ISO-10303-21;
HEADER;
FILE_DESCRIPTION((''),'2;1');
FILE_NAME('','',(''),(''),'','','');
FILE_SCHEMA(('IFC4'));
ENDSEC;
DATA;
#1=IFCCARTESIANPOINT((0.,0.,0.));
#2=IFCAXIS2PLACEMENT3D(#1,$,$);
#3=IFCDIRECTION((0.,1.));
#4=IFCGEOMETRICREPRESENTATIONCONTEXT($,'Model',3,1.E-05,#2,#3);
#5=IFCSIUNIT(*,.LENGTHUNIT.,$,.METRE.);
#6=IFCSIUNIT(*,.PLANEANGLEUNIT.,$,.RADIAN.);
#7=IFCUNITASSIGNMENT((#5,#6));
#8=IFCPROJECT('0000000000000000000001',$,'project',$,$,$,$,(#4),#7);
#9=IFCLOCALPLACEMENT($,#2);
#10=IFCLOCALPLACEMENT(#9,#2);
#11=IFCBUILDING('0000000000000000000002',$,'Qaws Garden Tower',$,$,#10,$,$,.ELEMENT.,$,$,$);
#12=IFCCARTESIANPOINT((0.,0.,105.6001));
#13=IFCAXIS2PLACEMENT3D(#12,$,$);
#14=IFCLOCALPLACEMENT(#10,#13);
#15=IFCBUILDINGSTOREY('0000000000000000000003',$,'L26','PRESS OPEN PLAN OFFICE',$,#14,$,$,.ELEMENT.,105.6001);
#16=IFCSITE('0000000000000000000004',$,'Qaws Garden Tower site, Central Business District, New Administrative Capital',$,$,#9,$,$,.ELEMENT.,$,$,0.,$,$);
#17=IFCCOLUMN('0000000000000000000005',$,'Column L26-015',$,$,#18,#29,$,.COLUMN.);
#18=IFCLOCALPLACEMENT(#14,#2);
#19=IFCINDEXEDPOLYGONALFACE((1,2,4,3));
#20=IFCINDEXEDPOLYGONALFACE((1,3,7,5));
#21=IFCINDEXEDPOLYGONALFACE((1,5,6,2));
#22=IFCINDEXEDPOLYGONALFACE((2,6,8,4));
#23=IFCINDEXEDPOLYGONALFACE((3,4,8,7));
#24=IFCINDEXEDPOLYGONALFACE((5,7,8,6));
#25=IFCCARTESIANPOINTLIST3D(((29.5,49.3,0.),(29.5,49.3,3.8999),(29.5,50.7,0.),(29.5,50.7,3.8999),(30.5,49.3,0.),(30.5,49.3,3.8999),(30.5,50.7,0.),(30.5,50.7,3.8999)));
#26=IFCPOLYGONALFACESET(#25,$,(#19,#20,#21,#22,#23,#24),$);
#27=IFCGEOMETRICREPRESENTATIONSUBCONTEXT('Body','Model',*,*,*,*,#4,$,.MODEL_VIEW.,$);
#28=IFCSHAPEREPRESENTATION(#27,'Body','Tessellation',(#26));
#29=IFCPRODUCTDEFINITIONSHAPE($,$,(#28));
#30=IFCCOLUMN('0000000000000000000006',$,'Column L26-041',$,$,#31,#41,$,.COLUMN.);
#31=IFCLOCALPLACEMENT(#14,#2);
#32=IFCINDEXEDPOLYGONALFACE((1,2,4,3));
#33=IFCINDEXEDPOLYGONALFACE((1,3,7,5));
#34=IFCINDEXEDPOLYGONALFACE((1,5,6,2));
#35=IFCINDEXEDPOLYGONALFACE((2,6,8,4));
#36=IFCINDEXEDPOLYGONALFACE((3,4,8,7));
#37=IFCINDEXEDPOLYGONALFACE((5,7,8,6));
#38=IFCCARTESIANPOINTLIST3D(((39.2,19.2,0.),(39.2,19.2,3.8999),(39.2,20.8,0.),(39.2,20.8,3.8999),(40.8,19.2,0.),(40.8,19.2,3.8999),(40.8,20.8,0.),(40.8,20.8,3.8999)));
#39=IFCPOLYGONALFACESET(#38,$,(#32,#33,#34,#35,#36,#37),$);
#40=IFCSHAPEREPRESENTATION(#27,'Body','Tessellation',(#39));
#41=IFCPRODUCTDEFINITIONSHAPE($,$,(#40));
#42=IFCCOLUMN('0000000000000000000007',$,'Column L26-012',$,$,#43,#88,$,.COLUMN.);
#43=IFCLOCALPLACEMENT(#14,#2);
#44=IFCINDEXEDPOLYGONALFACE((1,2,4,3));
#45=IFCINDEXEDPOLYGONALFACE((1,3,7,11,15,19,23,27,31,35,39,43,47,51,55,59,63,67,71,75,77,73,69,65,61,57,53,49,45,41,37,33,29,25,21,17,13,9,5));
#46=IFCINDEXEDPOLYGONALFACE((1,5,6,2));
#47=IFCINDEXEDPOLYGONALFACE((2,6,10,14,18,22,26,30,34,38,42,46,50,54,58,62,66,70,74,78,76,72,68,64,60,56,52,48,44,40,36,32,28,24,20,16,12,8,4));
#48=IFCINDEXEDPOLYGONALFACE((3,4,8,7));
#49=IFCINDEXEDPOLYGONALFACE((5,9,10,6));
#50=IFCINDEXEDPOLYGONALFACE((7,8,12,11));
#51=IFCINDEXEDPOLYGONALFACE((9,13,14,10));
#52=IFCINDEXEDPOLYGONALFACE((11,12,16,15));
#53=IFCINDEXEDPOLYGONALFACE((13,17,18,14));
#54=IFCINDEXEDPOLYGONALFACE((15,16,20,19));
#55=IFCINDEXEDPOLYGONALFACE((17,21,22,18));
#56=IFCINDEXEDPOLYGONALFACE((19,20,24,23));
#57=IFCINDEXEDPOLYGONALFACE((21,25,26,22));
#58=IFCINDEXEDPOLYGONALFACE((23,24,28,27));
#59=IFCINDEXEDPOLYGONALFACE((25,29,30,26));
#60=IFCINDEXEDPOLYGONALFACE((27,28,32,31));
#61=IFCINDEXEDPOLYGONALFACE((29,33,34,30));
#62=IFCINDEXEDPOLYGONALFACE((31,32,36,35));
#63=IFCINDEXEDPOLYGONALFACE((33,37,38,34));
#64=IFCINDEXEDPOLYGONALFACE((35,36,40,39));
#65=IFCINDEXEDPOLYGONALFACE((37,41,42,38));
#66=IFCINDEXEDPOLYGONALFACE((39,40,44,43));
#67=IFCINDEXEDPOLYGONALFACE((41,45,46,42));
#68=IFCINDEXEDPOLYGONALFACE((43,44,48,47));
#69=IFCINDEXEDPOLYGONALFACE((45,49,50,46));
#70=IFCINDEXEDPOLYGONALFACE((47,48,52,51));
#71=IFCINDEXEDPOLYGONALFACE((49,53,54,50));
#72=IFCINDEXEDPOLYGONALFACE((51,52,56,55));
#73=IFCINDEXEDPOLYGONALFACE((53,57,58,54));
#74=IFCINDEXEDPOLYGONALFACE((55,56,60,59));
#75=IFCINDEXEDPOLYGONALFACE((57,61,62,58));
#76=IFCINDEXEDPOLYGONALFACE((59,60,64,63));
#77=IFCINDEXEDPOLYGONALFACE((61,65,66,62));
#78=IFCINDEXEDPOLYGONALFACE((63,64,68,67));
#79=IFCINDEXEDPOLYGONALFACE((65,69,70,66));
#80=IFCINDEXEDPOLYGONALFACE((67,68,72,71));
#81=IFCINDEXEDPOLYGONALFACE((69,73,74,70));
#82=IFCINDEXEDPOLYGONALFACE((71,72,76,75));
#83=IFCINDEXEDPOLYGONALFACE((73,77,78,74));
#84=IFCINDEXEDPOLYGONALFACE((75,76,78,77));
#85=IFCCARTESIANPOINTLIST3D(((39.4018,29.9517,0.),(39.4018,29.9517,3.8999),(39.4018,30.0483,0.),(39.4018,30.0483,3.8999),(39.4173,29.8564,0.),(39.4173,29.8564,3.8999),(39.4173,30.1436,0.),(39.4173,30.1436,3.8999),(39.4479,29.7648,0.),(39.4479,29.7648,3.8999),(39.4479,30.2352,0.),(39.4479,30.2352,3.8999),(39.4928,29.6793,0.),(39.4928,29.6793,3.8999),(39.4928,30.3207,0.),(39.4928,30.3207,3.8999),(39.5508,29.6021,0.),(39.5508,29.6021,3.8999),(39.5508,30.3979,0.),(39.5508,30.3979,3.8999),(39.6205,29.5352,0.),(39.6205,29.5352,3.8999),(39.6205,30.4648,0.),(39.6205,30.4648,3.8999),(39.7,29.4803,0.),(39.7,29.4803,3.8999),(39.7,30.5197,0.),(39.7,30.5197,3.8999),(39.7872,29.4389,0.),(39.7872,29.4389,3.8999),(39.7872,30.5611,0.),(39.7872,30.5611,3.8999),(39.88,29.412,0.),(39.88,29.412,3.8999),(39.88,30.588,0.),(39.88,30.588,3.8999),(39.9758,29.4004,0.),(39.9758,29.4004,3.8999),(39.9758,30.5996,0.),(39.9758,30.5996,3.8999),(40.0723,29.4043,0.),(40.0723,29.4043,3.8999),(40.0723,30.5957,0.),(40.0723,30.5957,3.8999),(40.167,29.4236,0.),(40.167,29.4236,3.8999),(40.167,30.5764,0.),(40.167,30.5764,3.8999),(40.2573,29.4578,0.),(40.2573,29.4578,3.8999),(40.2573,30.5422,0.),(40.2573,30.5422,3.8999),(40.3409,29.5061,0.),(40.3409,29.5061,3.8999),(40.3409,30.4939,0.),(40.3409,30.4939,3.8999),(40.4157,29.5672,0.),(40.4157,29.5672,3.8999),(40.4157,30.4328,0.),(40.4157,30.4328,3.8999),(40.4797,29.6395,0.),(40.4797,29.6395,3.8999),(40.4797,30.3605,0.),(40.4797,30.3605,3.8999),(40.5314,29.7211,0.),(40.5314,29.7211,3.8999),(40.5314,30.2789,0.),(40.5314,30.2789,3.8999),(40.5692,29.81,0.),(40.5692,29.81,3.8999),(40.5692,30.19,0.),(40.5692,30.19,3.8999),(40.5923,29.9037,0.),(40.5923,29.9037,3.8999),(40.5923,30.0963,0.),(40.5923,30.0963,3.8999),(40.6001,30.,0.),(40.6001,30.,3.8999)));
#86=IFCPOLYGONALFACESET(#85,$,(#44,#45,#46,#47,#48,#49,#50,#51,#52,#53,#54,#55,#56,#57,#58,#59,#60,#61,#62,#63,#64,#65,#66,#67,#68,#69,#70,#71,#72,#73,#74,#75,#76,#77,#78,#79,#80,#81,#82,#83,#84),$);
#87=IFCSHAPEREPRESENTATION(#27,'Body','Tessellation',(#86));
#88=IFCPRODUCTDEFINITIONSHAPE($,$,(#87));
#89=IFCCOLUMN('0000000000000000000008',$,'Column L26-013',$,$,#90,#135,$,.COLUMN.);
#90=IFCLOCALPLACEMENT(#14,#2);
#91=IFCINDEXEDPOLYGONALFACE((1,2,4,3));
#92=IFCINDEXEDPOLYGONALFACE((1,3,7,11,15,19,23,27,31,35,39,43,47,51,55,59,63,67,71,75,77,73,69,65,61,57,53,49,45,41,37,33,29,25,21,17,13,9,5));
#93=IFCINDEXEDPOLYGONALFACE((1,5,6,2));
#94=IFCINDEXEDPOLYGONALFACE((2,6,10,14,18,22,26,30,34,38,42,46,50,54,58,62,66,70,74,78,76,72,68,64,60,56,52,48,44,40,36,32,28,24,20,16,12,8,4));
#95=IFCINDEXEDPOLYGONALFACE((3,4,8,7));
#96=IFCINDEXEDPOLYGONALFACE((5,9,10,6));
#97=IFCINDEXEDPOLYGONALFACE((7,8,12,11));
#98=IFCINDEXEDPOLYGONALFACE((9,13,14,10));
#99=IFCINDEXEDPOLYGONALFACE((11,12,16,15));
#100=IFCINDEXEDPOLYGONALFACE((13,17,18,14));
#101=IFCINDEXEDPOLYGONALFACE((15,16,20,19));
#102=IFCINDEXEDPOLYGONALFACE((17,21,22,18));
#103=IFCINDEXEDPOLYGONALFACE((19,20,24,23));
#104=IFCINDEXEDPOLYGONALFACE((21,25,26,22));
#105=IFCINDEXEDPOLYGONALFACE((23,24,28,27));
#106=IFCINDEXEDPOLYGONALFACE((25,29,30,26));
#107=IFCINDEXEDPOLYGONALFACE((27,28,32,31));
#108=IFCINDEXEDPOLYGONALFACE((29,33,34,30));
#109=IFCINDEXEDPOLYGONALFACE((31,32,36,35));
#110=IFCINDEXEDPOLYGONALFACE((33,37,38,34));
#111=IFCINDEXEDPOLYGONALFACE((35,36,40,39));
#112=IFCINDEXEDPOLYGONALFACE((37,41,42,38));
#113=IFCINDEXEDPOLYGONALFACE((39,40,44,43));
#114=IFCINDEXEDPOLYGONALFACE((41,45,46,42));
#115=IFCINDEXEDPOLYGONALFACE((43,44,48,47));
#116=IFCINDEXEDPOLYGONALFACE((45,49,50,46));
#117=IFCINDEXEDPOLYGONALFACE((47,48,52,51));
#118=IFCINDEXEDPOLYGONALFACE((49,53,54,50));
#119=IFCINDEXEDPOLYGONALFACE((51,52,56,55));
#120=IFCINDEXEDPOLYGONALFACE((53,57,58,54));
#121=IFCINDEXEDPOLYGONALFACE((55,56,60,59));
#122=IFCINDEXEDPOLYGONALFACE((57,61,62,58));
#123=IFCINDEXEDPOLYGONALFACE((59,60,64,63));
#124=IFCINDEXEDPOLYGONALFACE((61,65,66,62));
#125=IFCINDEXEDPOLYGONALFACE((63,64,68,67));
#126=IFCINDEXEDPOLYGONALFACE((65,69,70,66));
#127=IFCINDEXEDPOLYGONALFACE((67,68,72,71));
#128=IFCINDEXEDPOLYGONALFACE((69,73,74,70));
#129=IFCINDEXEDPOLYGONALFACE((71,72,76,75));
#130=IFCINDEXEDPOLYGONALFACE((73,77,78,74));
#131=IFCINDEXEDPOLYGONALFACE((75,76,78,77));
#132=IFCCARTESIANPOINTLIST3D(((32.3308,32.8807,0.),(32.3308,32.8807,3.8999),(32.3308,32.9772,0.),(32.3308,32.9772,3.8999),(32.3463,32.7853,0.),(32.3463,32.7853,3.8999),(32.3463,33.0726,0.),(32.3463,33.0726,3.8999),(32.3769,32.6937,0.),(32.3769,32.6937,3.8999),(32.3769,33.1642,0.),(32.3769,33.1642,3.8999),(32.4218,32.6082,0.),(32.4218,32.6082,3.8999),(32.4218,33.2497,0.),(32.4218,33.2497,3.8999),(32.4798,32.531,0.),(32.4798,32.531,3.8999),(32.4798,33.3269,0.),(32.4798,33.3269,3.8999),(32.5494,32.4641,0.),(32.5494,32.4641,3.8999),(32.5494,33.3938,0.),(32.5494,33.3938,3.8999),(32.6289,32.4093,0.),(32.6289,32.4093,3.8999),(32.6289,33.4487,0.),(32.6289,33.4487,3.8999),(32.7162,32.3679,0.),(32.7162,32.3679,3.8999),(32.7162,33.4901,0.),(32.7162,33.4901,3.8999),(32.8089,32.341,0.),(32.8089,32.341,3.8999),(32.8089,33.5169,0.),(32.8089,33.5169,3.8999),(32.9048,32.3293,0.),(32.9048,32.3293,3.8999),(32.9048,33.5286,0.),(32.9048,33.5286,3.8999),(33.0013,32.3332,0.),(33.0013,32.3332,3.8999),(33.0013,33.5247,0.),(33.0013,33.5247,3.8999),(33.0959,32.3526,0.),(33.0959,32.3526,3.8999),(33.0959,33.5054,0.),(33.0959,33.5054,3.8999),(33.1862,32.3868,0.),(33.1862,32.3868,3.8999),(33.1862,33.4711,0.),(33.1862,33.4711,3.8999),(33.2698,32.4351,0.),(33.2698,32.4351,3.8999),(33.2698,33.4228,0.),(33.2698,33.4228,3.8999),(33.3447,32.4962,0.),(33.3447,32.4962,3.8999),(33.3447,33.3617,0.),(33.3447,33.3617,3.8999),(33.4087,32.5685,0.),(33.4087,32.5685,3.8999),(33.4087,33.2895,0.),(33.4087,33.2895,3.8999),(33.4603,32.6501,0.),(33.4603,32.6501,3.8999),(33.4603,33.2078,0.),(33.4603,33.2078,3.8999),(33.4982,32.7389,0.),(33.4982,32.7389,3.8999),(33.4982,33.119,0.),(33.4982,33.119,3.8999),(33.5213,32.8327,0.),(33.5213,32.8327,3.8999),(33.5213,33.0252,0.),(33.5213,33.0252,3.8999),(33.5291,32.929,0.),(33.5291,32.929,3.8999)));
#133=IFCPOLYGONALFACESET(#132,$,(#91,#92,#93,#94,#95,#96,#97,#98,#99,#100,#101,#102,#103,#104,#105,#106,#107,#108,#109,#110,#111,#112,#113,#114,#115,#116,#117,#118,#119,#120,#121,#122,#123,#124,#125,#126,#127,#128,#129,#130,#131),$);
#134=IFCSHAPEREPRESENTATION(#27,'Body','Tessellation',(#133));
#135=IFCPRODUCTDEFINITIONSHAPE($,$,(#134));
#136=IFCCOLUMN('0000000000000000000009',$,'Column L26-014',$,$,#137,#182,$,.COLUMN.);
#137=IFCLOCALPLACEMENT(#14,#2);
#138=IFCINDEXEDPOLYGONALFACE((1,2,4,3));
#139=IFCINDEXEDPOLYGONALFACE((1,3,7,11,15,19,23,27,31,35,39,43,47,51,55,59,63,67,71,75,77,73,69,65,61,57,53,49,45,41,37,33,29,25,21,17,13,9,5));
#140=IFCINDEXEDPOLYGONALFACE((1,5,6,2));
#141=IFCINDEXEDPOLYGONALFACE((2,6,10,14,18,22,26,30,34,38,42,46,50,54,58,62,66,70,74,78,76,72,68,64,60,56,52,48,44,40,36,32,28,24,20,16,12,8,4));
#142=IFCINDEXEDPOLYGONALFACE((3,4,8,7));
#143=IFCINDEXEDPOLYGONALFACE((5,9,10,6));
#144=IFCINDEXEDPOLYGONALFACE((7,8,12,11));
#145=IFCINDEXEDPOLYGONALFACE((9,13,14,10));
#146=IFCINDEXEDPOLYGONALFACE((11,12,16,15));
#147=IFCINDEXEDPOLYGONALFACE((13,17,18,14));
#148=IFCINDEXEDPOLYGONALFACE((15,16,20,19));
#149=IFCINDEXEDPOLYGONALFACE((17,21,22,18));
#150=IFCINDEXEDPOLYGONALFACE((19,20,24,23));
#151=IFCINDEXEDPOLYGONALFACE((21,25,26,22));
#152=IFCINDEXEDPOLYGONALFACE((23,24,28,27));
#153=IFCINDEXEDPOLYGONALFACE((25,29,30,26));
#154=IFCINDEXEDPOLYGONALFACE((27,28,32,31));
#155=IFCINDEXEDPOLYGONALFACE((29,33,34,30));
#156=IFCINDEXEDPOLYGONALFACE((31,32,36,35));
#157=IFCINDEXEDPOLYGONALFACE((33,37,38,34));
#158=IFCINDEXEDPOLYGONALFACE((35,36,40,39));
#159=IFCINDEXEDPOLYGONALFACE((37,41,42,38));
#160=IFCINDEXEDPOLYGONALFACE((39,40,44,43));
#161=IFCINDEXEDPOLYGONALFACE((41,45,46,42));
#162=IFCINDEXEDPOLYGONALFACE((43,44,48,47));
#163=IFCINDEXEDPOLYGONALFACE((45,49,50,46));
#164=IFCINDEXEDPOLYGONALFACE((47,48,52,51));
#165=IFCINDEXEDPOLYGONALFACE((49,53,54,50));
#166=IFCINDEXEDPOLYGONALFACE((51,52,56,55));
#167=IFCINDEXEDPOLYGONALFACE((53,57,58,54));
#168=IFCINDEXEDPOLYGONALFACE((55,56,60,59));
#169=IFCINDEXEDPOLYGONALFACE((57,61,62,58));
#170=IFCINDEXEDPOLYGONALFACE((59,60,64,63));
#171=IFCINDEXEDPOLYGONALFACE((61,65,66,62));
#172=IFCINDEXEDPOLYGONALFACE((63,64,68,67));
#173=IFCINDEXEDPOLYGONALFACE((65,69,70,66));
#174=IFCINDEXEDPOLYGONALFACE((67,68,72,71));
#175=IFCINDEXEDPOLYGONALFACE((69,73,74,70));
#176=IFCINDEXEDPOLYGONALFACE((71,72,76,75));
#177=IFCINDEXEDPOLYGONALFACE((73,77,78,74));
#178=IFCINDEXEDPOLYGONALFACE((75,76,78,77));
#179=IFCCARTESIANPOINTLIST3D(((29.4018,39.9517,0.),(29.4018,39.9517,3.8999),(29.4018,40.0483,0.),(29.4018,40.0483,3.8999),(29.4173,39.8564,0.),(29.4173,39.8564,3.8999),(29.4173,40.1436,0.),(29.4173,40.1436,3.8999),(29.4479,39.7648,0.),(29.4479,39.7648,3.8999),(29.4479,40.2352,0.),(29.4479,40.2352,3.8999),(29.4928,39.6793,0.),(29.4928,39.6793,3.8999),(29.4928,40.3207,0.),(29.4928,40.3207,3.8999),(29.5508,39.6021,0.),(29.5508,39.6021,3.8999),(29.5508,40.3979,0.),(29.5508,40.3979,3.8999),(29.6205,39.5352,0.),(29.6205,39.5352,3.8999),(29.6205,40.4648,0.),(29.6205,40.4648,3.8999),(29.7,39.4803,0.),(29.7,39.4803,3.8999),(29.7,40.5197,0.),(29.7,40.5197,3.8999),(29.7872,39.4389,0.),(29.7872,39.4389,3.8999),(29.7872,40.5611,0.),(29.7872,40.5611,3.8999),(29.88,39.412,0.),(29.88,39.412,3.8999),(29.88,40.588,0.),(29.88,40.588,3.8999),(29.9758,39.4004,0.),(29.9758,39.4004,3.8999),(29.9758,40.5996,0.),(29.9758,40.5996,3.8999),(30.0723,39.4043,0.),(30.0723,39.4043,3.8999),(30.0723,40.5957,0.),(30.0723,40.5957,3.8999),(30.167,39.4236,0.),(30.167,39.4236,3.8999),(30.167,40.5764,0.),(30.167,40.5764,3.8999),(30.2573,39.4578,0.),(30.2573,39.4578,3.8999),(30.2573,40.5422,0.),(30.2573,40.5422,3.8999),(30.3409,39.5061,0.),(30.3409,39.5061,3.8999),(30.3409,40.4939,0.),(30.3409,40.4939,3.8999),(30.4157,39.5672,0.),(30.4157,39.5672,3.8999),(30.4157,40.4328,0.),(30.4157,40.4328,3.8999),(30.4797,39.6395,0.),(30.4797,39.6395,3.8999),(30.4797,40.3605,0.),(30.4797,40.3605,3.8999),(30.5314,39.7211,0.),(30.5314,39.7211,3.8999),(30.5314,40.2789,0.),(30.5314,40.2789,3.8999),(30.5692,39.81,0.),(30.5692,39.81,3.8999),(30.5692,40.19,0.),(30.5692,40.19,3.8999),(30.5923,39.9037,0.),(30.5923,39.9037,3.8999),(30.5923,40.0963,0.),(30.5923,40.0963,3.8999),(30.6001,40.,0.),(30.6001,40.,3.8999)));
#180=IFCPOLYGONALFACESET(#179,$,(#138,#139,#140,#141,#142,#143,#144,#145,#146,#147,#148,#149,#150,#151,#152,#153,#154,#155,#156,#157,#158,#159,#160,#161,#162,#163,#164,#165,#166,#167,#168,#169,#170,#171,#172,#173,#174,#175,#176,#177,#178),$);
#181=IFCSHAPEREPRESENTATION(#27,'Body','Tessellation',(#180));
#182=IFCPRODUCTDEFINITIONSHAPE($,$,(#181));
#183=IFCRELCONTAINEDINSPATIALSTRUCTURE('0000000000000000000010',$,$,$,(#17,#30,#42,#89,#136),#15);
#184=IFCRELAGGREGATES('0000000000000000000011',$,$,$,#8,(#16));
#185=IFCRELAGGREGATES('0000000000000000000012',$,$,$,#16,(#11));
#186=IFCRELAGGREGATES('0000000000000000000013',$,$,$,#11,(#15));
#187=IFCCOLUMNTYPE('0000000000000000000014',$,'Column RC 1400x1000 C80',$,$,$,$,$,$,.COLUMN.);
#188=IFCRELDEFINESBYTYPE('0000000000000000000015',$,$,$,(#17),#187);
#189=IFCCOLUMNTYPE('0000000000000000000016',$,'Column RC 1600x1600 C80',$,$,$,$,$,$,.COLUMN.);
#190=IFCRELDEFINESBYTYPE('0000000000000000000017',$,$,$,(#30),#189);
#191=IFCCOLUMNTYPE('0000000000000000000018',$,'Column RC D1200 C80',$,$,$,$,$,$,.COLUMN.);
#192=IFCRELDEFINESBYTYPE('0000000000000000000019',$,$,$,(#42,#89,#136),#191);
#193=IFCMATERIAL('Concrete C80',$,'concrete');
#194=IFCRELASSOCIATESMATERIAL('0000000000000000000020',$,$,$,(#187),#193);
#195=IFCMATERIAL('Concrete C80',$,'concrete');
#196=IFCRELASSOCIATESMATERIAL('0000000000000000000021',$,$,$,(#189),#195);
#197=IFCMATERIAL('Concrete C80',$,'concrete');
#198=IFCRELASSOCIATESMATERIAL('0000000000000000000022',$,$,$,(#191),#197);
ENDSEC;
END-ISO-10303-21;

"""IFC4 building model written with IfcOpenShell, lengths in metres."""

from ifc_helpers import new_model, si_unit, direction, frame, origin, origin_2d, place, context, subcontext, project, spatial, rectangle, circle, extrude, material, material_profile, profile_set, type_object, element, save


model = new_model("IFC4")

# Units and contexts
model_context = context("Model", 3, precision=1e-05, world=origin(), true_north=direction((0.0, 1.0)))
body_context = subcontext(model_context, "Body", "Model", "MODEL_VIEW")
ifc_project = project(units=[si_unit("LENGTHUNIT", "METRE"), si_unit("PLANEANGLEUNIT", "RADIAN")], contexts=[model_context])

# Site, building, storey
site_placement = place(None, origin())
site = spatial("IfcSite", under=ifc_project, at=site_placement, Name="Qaws Garden Tower site, Central Business District, New Administrative Capital", CompositionType="ELEMENT", RefElevation=0.0)
building_placement = place(site_placement, origin())
building = spatial("IfcBuilding", under=site, at=building_placement, Name="Qaws Garden Tower", CompositionType="ELEMENT")
storey_placement = place(building_placement, frame((0.0, 0.0, 105.6001)))
storey = spatial("IfcBuildingStorey", under=building, at=storey_placement, Name="L26", Description="PRESS OPEN PLAN OFFICE", CompositionType="ELEMENT", Elevation=105.6001)

# Columns
ifc_material_1 = material(Name="Concrete C80", Category="concrete")
ifc_material_profile_1 = material_profile(ifc_material_1, rectangle(XDim=1.3999, YDim=1.0, at=origin_2d()), Name="RC 1400x1000")
ifc_profile_set_1 = profile_set([ifc_material_profile_1], Name="Concrete C80")
column_type_1 = type_object("IfcColumnType", Name="Column RC 1400x1000 C80", PredefinedType="COLUMN", material=ifc_profile_set_1)
column_1_placement = place(storey_placement, frame((30.0, 50.0, 0.0), z_axis=(0.0, 0.0, 1.0), x_axis=(0.0, 1.0, 0.0)))
element("IfcColumn", 1, at=column_1_placement, inside=storey, type_object=column_type_1, Name="Column L26-015", PredefinedType="COLUMN", context=body_context, shape_type="SweptSolid", body=[
    extrude(rectangle(XDim=1.3999, YDim=1.0, at=origin_2d()), origin(), (0.0, 0.0, 1.0), 3.8999),
])
ifc_material_2 = material(Name="Concrete C80", Category="concrete")
ifc_material_profile_2 = material_profile(ifc_material_2, rectangle(XDim=1.6001, YDim=1.6001, at=origin_2d()), Name="RC 1600x1600")
ifc_profile_set_2 = profile_set([ifc_material_profile_2], Name="Concrete C80")
column_type_2 = type_object("IfcColumnType", Name="Column RC 1600x1600 C80", PredefinedType="COLUMN", material=ifc_profile_set_2)
column_2_placement = place(storey_placement, frame((40.0, 20.0, 0.0), z_axis=(0.0, 0.0, 1.0), x_axis=(1.0, 0.0, 0.0)))
element("IfcColumn", 2, at=column_2_placement, inside=storey, type_object=column_type_2, Name="Column L26-041", PredefinedType="COLUMN", context=body_context, shape_type="SweptSolid", body=[
    extrude(rectangle(XDim=1.6001, YDim=1.6001, at=origin_2d()), origin(), (0.0, 0.0, 1.0), 3.8999),
])
ifc_material_3 = material(Name="Concrete C80", Category="concrete")
ifc_material_profile_3 = material_profile(ifc_material_3, circle(Radius=0.6001, at=origin_2d()), Name="RC D1200")
ifc_profile_set_3 = profile_set([ifc_material_profile_3], Name="Concrete C80")
column_type_3 = type_object("IfcColumnType", Name="Column RC D1200 C80", PredefinedType="COLUMN", material=ifc_profile_set_3)
for number, where, z_axis, x_axis, name in (
    (3, (40.0, 30.0, 0.0), (0.0, 0.0, 1.0), (1.0, 0.0, 0.0), "Column L26-012"),
    (4, (32.929, 32.929, 0.0), (0.0, 0.0, 1.0), (1.0, 0.0, 0.0), "Column L26-013"),
    (5, (30.0, 40.0, 0.0), (0.0, 0.0, 1.0), (1.0, 0.0, 0.0), "Column L26-014"),
):
    element("IfcColumn", number, at=place(storey_placement, frame(where, z_axis=z_axis, x_axis=x_axis)), inside=storey, type_object=column_type_3, Name=name, PredefinedType="COLUMN", context=body_context, shape_type="SweptSolid", body=[
        extrude(circle(Radius=0.6001, at=origin_2d()), origin(), (0.0, 0.0, 1.0), 3.8999),
    ])

save(model, "model.ifc")
